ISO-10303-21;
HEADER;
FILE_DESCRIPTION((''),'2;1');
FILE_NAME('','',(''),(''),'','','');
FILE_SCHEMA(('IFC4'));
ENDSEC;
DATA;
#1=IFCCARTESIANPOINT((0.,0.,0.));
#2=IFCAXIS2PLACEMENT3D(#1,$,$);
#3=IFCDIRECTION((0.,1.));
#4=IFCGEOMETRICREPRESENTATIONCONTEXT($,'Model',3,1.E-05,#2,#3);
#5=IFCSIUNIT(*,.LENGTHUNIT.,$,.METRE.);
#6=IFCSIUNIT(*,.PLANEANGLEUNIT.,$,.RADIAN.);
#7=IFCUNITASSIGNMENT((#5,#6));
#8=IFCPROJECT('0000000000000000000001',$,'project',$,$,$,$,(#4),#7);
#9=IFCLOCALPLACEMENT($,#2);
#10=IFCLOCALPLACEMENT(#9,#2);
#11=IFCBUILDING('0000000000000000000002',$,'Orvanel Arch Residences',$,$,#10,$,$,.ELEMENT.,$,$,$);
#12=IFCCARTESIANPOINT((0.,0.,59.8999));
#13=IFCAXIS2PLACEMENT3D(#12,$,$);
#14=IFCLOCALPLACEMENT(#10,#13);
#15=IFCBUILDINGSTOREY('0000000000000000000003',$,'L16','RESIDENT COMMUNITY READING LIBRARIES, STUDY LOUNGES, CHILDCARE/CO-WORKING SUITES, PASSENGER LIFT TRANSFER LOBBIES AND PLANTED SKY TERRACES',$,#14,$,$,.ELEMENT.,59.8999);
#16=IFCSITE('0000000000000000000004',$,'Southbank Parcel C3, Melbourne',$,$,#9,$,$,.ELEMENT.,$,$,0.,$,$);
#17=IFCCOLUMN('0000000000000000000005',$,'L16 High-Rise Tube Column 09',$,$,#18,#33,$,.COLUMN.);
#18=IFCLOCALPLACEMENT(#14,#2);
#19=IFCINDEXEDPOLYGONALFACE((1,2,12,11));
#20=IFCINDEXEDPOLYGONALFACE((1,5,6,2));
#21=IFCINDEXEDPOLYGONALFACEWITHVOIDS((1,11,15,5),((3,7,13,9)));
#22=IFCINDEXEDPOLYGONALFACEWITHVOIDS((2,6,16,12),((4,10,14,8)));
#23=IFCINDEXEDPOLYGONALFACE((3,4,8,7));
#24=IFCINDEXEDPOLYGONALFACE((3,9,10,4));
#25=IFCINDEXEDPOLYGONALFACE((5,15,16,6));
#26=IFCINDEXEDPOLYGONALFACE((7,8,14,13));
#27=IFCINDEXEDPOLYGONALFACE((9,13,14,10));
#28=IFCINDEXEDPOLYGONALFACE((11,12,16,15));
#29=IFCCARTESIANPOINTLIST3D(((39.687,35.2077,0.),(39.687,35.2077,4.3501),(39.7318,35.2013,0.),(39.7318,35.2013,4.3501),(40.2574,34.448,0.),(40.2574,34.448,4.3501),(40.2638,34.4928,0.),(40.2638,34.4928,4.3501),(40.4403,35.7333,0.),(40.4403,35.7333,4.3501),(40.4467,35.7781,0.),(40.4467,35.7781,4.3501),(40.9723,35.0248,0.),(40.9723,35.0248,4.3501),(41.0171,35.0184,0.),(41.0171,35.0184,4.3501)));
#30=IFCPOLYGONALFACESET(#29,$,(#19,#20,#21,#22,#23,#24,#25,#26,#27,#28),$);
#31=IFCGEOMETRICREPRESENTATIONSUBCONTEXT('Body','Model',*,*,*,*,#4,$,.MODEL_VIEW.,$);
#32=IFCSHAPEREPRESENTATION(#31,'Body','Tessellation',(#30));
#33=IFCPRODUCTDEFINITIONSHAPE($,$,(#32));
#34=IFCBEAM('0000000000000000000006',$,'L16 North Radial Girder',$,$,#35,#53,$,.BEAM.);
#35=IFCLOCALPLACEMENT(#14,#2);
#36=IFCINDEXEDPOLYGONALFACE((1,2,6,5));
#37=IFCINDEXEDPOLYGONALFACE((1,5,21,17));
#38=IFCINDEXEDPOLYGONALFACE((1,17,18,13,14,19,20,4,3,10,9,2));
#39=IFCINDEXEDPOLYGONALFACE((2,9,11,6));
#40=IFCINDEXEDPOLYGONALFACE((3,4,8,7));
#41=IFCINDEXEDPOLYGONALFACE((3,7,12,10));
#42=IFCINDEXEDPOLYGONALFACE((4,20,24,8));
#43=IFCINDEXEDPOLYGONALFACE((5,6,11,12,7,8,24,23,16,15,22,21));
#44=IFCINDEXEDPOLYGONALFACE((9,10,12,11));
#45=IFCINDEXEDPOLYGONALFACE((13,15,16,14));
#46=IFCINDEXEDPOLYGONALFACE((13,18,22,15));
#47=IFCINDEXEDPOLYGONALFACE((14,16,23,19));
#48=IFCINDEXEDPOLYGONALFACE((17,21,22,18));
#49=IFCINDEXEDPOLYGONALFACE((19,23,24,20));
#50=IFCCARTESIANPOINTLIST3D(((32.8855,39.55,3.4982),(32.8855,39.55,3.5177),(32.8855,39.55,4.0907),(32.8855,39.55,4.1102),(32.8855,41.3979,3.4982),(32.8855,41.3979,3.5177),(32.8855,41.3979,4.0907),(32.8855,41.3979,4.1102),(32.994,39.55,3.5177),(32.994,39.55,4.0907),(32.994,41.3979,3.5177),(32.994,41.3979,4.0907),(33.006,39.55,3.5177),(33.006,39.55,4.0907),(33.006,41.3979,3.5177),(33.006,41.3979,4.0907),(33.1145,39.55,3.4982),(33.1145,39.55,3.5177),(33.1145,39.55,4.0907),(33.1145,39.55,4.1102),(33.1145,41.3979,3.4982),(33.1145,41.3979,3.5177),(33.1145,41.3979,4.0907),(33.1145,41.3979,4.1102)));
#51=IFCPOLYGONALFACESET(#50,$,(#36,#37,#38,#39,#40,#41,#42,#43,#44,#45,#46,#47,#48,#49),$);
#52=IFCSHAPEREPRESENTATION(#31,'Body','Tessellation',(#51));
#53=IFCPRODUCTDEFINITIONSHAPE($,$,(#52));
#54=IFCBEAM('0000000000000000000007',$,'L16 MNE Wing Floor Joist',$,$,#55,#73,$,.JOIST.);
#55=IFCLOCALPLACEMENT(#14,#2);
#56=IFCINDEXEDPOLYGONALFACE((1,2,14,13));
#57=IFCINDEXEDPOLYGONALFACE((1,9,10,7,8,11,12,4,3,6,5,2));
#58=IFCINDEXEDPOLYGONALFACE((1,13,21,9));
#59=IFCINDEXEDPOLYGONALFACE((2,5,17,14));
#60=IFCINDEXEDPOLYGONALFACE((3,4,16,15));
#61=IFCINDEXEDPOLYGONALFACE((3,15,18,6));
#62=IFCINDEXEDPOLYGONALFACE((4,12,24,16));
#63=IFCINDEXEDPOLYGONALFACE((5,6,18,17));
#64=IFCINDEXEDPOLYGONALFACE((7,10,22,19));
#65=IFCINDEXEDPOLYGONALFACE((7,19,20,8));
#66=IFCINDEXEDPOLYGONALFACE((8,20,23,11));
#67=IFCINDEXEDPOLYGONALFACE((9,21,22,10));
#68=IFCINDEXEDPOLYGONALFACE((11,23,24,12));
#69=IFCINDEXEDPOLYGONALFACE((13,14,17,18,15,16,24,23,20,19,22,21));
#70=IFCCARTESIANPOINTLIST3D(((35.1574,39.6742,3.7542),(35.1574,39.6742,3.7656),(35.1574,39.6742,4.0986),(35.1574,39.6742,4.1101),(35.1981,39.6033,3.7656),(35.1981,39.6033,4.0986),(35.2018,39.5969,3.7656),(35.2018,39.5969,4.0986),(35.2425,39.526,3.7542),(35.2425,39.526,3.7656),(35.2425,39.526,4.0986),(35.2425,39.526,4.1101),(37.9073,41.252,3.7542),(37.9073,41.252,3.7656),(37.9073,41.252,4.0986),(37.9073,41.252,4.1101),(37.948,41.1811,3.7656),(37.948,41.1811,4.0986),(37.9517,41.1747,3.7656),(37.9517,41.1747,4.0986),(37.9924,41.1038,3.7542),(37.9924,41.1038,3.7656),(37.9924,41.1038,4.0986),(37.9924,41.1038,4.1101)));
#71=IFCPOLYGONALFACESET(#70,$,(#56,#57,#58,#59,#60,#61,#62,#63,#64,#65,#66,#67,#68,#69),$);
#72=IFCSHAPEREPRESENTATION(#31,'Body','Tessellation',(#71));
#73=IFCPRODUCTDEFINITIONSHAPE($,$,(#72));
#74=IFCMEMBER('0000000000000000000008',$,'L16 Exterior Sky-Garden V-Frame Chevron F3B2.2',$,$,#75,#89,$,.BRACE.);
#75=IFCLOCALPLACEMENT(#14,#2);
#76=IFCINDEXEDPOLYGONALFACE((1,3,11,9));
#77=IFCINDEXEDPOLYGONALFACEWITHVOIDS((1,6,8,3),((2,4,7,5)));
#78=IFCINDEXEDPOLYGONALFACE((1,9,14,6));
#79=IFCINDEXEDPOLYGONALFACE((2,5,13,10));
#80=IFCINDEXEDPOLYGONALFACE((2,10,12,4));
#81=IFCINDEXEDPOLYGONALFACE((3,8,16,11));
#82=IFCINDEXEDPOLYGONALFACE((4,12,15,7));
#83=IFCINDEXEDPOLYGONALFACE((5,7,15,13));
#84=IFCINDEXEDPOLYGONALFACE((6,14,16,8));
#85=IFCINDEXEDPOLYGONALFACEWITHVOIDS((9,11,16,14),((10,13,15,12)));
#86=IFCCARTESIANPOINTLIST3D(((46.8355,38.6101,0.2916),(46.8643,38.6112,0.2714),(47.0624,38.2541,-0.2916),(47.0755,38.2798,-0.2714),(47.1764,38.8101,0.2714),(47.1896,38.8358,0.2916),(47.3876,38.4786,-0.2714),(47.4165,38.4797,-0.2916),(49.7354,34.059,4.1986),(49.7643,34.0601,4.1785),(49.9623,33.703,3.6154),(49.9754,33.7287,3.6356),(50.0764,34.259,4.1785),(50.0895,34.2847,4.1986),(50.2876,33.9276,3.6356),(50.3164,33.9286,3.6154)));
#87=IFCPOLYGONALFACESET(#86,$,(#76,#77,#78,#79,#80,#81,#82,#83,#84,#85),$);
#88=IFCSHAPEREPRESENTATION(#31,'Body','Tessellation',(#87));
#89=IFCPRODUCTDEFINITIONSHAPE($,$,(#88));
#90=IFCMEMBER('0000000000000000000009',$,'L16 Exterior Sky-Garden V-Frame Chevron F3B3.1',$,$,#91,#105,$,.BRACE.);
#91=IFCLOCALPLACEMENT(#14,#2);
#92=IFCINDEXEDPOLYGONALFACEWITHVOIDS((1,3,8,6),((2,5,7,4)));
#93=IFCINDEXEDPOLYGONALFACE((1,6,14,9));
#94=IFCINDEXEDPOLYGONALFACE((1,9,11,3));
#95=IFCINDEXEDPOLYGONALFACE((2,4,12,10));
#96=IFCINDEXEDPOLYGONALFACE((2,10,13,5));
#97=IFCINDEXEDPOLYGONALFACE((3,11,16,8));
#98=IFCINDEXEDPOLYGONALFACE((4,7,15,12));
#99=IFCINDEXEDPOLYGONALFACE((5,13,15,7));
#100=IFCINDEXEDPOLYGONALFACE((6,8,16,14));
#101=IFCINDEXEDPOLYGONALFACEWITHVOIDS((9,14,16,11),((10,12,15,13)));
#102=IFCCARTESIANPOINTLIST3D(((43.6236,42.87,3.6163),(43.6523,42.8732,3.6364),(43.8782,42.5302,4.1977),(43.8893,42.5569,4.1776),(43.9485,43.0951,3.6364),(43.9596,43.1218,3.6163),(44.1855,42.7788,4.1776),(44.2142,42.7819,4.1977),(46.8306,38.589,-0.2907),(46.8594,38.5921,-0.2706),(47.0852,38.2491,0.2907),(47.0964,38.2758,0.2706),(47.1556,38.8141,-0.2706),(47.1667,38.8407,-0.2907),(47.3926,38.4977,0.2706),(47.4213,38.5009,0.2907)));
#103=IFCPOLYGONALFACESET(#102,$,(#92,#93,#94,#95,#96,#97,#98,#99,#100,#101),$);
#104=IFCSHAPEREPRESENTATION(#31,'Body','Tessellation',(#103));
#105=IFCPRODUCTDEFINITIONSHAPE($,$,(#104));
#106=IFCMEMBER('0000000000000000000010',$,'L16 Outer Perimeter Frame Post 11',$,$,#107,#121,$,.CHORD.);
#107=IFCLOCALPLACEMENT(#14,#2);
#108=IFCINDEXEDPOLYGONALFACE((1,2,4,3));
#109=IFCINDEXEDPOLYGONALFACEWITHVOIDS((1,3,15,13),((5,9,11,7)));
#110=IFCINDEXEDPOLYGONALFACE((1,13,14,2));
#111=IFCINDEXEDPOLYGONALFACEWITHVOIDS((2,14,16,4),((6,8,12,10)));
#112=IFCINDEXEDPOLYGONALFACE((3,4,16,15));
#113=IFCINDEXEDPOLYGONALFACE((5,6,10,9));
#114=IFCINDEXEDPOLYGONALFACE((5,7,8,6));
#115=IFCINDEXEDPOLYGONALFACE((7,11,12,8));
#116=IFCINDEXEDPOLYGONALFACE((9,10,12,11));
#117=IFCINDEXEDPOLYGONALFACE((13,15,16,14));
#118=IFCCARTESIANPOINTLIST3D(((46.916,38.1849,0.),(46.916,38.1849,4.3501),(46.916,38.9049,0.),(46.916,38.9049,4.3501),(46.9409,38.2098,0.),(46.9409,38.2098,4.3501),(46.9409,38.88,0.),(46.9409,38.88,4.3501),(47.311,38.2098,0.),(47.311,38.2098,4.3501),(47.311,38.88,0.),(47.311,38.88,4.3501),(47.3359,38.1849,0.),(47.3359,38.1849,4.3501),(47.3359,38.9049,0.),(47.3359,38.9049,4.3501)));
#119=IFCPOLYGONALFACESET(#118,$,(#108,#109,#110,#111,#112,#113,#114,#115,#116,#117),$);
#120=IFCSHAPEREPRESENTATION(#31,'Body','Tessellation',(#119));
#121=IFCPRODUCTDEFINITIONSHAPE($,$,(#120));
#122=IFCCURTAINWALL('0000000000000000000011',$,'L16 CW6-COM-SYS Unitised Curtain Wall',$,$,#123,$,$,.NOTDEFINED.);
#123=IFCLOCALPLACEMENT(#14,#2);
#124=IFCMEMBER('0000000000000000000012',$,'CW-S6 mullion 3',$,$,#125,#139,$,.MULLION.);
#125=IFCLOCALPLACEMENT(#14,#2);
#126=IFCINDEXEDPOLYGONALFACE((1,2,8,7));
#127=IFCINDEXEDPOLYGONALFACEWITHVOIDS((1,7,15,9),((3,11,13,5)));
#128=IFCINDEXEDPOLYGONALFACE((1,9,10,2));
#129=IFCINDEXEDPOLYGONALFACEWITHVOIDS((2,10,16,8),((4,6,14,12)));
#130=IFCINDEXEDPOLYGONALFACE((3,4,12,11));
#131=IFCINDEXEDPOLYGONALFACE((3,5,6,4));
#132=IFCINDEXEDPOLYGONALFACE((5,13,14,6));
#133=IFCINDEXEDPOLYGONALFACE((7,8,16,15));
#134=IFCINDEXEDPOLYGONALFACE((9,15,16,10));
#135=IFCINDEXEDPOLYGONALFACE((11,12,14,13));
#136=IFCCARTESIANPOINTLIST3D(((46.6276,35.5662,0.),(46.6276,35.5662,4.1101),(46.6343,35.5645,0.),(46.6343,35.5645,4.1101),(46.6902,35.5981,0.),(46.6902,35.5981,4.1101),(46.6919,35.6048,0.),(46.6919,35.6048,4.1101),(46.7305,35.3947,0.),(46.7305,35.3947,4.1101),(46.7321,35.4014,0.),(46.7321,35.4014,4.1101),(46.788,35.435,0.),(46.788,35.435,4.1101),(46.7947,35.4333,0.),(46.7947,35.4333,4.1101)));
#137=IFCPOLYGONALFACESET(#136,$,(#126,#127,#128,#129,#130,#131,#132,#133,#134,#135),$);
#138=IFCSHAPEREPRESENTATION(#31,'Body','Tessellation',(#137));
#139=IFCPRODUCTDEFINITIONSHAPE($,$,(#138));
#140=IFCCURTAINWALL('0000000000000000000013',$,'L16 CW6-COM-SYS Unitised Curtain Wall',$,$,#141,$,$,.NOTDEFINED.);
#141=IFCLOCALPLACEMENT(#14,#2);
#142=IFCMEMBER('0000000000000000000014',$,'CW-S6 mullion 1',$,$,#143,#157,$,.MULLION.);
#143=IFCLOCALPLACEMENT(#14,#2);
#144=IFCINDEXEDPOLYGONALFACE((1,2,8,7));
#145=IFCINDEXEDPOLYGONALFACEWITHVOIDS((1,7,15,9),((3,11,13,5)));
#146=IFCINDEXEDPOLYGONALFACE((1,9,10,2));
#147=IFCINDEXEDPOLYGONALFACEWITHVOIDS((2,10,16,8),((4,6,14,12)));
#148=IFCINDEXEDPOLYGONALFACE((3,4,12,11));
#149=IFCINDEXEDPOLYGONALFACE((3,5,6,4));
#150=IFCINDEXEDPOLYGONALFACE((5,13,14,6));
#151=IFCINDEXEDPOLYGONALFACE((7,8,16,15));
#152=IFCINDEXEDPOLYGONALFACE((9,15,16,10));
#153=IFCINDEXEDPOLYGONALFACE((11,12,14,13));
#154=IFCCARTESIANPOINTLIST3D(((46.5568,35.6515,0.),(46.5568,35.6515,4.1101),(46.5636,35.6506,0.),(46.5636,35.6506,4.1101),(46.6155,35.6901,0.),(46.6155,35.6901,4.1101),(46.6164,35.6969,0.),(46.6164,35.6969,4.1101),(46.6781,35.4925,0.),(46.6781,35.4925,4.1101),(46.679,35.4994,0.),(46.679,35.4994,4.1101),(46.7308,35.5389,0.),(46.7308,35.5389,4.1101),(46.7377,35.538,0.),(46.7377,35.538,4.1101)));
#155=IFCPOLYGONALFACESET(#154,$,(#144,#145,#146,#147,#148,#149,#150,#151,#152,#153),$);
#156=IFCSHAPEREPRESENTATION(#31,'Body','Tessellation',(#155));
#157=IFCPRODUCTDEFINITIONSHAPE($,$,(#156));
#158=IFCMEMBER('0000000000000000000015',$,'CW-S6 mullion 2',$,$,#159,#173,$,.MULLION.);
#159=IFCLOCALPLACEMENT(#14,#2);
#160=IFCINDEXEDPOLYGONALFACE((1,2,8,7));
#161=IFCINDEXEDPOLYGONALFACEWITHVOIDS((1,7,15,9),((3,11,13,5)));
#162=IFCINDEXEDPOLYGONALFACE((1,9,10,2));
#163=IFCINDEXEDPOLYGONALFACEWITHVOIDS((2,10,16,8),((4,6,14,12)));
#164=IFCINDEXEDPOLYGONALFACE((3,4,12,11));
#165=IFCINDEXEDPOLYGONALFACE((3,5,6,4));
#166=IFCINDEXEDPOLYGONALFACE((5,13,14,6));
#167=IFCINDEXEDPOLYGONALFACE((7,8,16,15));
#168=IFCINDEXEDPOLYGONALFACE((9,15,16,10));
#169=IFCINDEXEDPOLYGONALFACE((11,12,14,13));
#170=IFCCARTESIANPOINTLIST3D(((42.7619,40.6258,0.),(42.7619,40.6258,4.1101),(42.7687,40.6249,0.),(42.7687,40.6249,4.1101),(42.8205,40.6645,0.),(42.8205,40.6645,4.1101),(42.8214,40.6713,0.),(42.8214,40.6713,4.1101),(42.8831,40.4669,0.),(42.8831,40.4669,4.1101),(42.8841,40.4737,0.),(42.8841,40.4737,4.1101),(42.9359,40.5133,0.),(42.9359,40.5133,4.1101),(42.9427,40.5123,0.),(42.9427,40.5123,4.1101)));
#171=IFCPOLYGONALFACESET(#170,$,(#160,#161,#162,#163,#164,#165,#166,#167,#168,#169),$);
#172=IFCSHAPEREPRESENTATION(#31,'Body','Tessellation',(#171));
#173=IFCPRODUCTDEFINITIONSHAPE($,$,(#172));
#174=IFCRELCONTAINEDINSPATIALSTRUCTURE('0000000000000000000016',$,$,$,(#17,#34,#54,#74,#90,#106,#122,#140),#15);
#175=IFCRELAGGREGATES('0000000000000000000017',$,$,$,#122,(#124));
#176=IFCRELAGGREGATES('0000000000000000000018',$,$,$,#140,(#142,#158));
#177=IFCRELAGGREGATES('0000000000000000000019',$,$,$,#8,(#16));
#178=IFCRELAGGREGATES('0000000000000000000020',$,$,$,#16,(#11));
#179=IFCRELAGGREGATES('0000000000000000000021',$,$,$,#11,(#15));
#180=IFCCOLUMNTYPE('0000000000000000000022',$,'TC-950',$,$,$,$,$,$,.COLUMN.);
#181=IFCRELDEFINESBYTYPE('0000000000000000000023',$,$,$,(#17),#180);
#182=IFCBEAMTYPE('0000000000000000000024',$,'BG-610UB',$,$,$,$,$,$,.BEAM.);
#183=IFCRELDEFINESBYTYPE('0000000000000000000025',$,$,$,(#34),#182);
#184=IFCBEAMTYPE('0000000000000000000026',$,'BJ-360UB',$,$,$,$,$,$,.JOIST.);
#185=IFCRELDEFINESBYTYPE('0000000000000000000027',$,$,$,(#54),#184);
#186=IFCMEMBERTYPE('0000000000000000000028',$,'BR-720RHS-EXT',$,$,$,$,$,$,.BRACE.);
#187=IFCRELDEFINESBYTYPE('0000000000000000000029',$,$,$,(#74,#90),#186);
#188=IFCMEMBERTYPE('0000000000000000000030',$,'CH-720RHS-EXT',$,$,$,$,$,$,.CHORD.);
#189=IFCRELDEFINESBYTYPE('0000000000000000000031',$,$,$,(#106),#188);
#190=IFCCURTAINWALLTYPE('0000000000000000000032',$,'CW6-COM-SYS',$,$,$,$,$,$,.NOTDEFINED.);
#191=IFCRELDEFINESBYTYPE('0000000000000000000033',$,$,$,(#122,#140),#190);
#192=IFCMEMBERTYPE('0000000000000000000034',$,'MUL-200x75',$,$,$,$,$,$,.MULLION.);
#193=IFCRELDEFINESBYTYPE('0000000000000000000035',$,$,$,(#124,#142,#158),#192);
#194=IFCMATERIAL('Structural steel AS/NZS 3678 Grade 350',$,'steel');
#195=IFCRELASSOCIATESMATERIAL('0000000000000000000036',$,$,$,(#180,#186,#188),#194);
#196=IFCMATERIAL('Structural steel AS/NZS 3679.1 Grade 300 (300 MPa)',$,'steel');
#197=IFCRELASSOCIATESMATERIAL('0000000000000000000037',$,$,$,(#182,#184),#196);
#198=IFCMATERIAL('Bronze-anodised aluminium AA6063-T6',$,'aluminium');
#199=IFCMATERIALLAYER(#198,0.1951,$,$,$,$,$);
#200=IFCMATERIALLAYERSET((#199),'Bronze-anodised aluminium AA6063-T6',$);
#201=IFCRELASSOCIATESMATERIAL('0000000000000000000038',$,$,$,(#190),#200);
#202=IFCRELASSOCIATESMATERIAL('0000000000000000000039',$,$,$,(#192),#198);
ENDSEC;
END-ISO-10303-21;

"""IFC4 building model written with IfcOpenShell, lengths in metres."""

from ifc_helpers import new_model, si_unit, direction, frame, origin, origin_2d, place, context, subcontext, project, spatial, hollow_rectangle, i_section, extrude, material, layer, layer_set, material_profile, profile_set, type_object, element, aggregate, save


model = new_model("IFC4")

# Units and contexts
model_context = context("Model", 3, precision=1e-05, world=origin(), true_north=direction((0.0, 1.0)))
body_context = subcontext(model_context, "Body", "Model", "MODEL_VIEW")
ifc_project = project(units=[si_unit("LENGTHUNIT", "METRE"), si_unit("PLANEANGLEUNIT", "RADIAN")], contexts=[model_context])

# Site, building, storey
site_placement = place(None, origin())
site = spatial("IfcSite", under=ifc_project, at=site_placement, Name="Southbank Parcel C3, Melbourne", CompositionType="ELEMENT", RefElevation=0.0)
building_placement = place(site_placement, origin())
building = spatial("IfcBuilding", under=site, at=building_placement, Name="Orvanel Arch Residences", CompositionType="ELEMENT")
storey_placement = place(building_placement, frame((0.0, 0.0, 59.8999)))
storey = spatial("IfcBuildingStorey", under=building, at=storey_placement, Name="L16", Description="RESIDENT COMMUNITY READING LIBRARIES, STUDY LOUNGES, CHILDCARE/CO-WORKING SUITES, PASSENGER LIFT TRANSFER LOBBIES AND PLANTED SKY TERRACES", CompositionType="ELEMENT", Elevation=59.8999)

# Column
ifc_material_1 = material(Name="Structural steel AS/NZS 3678 Grade 350", Category="steel")
ifc_material_profile_1 = material_profile(ifc_material_1, hollow_rectangle(XDim=0.95, YDim=0.95, WallThickness=0.032, at=origin_2d()), Name="BOX950x950x32")
ifc_profile_set_1 = profile_set([ifc_material_profile_1], Name="Structural steel AS/NZS 3678 Grade 350")
column_type = type_object("IfcColumnType", Name="TC-950", PredefinedType="COLUMN", material=ifc_profile_set_1)
column_placement = place(storey_placement, frame((40.3521, 35.113, 0.0), z_axis=(0.0, 0.0, 1.0), x_axis=(-0.60042, 0.799685, 0.0)))
element("IfcColumn", 1, at=column_placement, inside=storey, type_object=column_type, Name="L16 High-Rise Tube Column 09", PredefinedType="COLUMN", context=body_context, shape_type="SweptSolid", body=[
    extrude(hollow_rectangle(XDim=0.95, YDim=0.95, WallThickness=0.032, at=origin_2d()), origin(), (0.0, 0.0, 1.0), 4.3501),
])

# Beams
ifc_material_2 = material(Name="Structural steel AS/NZS 3679.1 Grade 300 (300 MPa)", Category="steel")
ifc_material_profile_2 = material_profile(ifc_material_2, i_section(OverallWidth=0.229, OverallDepth=0.6121, WebThickness=0.012, FlangeThickness=0.0195, at=origin_2d()), Name="610UB125")
ifc_profile_set_2 = profile_set([ifc_material_profile_2], Name="Structural steel AS/NZS 3679.1 Grade 300 (300 MPa)")
beam_type_1 = type_object("IfcBeamType", Name="BG-610UB", PredefinedType="BEAM", material=ifc_profile_set_2)
beam_1_placement = place(storey_placement, frame((33.0, 39.55, 3.8042), z_axis=(0.0, 1.0, 0.0), x_axis=(-1.0, 0.0, 0.0)))
element("IfcBeam", 2, at=beam_1_placement, inside=storey, type_object=beam_type_1, Name="L16 North Radial Girder", PredefinedType="BEAM", context=body_context, shape_type="SweptSolid", body=[
    extrude(i_section(OverallWidth=0.229, OverallDepth=0.6121, WebThickness=0.012, FlangeThickness=0.0195, at=origin_2d()), origin(), (0.0, 0.0, 1.0), 1.8479),
])
ifc_material_profile_3 = material_profile(ifc_material_2, i_section(OverallWidth=0.1709, OverallDepth=0.356, WebThickness=0.0073, FlangeThickness=0.0115, at=origin_2d()), Name="360UB50.7")
ifc_profile_set_3 = profile_set([ifc_material_profile_3], Name="Structural steel AS/NZS 3679.1 Grade 300 (300 MPa)")
beam_type_2 = type_object("IfcBeamType", Name="BJ-360UB", PredefinedType="JOIST", material=ifc_profile_set_3)
beam_2_placement = place(storey_placement, frame((35.2, 39.6001, 3.9321), z_axis=(0.867365, 0.497672, 0.0), x_axis=(-0.497672, 0.867365, 0.0)))
element("IfcBeam", 3, at=beam_2_placement, inside=storey, type_object=beam_type_2, Name="L16 MNE Wing Floor Joist", PredefinedType="JOIST", context=body_context, shape_type="SweptSolid", body=[
    extrude(i_section(OverallWidth=0.1709, OverallDepth=0.356, WebThickness=0.0073, FlangeThickness=0.0115, at=origin_2d()), origin(), (0.0, 0.0, 1.0), 3.1704),
])

# Members
ifc_material_profile_4 = material_profile(ifc_material_1, hollow_rectangle(XDim=0.4199, YDim=0.72, WallThickness=0.0249, at=origin_2d()), Name="RHS720x420x25")
ifc_profile_set_4 = profile_set([ifc_material_profile_4], Name="Structural steel AS/NZS 3678 Grade 350")
member_type_1 = type_object("IfcMemberType", Name="BR-720RHS-EXT", PredefinedType="BRACE", material=ifc_profile_set_4)
member_1_placement = place(storey_placement, frame((47.126, 38.5449, 0.0), z_axis=(0.435273, -0.683105, 0.586435), x_axis=(0.843343, 0.537376, 0.0)))
element("IfcMember", 4, at=member_1_placement, inside=storey, type_object=member_type_1, Name="L16 Exterior Sky-Garden V-Frame Chevron F3B2.2", PredefinedType="BRACE", context=body_context, shape_type="SweptSolid", body=[
    extrude(hollow_rectangle(XDim=0.4199, YDim=0.72, WallThickness=0.0249, at=origin_2d()), origin(), (0.0, 0.0, 1.0), 6.6624),
])
member_2_placement = place(storey_placement, frame((47.126, 38.5449, 0.0), z_axis=(-0.484158, 0.646293, 0.589828), x_axis=(-0.800334, -0.599554, 0.0)))
element("IfcMember", 5, at=member_2_placement, inside=storey, type_object=member_type_1, Name="L16 Exterior Sky-Garden V-Frame Chevron F3B3.1", PredefinedType="BRACE", context=body_context, shape_type="SweptSolid", body=[
    extrude(hollow_rectangle(XDim=0.4199, YDim=0.72, WallThickness=0.0249, at=origin_2d()), origin(), (0.0, 0.0, 1.0), 6.624),
])
ifc_material_profile_5 = material_profile(ifc_material_1, hollow_rectangle(XDim=0.4199, YDim=0.72, WallThickness=0.0249, at=origin_2d()), Name="RHS720x420x25")
ifc_profile_set_5 = profile_set([ifc_material_profile_5], Name="Structural steel AS/NZS 3678 Grade 350")
member_type_2 = type_object("IfcMemberType", Name="CH-720RHS-EXT", PredefinedType="CHORD", material=ifc_profile_set_5)
member_3_placement = place(storey_placement, frame((47.126, 38.5449, 0.0), z_axis=(0.0, 0.0, 1.0), x_axis=(1.0, 0.0, 0.0)))
element("IfcMember", 6, at=member_3_placement, inside=storey, type_object=member_type_2, Name="L16 Outer Perimeter Frame Post 11", PredefinedType="CHORD", context=body_context, shape_type="SweptSolid", body=[
    extrude(hollow_rectangle(XDim=0.4199, YDim=0.72, WallThickness=0.0249, at=origin_2d()), origin(), (0.0, 0.0, 1.0), 4.3501),
])

# Curtain wall, member
ifc_material_3 = material(Name="Bronze-anodised aluminium AA6063-T6", Category="aluminium")
ifc_layer_1 = layer(ifc_material_3, 0.1951)
ifc_layer_set_1 = layer_set([ifc_layer_1], Name="Bronze-anodised aluminium AA6063-T6")
curtain_wall_type = type_object("IfcCurtainWallType", Name="CW6-COM-SYS", PredefinedType="NOTDEFINED", material=ifc_layer_set_1)
curtain_wall_1_placement = place(storey_placement, origin())
curtain_wall_1 = element("IfcCurtainWall", 7, at=curtain_wall_1_placement, inside=storey, type_object=curtain_wall_type, Name="L16 CW6-COM-SYS Unitised Curtain Wall", PredefinedType="NOTDEFINED")
ifc_material_profile_6 = material_profile(ifc_material_3, hollow_rectangle(XDim=0.075, YDim=0.2, WallThickness=0.0049, at=origin_2d()), Name="ALU200x75x5")
ifc_profile_set_6 = profile_set([ifc_material_profile_6], Name="Bronze-anodised aluminium AA6063-T6")
member_type_3 = type_object("IfcMemberType", Name="MUL-200x75", PredefinedType="MULLION", material=ifc_profile_set_6)
member_4_placement = place(storey_placement, frame((46.7112, 35.4998, 0.0), z_axis=(0.0, 0.0, 1.0), x_axis=(-0.857549, -0.514402, 0.0)))
member_4 = element("IfcMember", 8, at=member_4_placement, type_object=member_type_3, Name="CW-S6 mullion 3", PredefinedType="MULLION", context=body_context, shape_type="SweptSolid", body=[
    extrude(hollow_rectangle(XDim=0.075, YDim=0.2, WallThickness=0.0049, at=origin_2d()), origin(), (0.0, 0.0, 1.0), 4.1101),
])
aggregate(curtain_wall_1, [member_4])

# Curtain wall, members
curtain_wall_2_placement = place(storey_placement, origin())
curtain_wall_2 = element("IfcCurtainWall", 9, at=curtain_wall_2_placement, inside=storey, type_object=curtain_wall_type, Name="L16 CW6-COM-SYS Unitised Curtain Wall", PredefinedType="NOTDEFINED")
member_5_placement = place(storey_placement, frame((46.6472, 35.5947, 0.0), z_axis=(0.0, 0.0, 1.0), x_axis=(-0.795041, -0.606555, 0.0)))
member_5 = element("IfcMember", 10, at=member_5_placement, type_object=member_type_3, Name="CW-S6 mullion 1", PredefinedType="MULLION", context=body_context, shape_type="SweptSolid", body=[
    extrude(hollow_rectangle(XDim=0.075, YDim=0.2, WallThickness=0.0049, at=origin_2d()), origin(), (0.0, 0.0, 1.0), 4.1101),
])
member_6_placement = place(storey_placement, frame((42.8523, 40.5691, 0.0), z_axis=(0.0, 0.0, 1.0), x_axis=(-0.795041, -0.606555, 0.0)))
member_6 = element("IfcMember", 11, at=member_6_placement, type_object=member_type_3, Name="CW-S6 mullion 2", PredefinedType="MULLION", context=body_context, shape_type="SweptSolid", body=[
    extrude(hollow_rectangle(XDim=0.075, YDim=0.2, WallThickness=0.0049, at=origin_2d()), origin(), (0.0, 0.0, 1.0), 4.1101),
])

aggregate(curtain_wall_2, [member_5, member_6])

save(model, "model.ifc")
